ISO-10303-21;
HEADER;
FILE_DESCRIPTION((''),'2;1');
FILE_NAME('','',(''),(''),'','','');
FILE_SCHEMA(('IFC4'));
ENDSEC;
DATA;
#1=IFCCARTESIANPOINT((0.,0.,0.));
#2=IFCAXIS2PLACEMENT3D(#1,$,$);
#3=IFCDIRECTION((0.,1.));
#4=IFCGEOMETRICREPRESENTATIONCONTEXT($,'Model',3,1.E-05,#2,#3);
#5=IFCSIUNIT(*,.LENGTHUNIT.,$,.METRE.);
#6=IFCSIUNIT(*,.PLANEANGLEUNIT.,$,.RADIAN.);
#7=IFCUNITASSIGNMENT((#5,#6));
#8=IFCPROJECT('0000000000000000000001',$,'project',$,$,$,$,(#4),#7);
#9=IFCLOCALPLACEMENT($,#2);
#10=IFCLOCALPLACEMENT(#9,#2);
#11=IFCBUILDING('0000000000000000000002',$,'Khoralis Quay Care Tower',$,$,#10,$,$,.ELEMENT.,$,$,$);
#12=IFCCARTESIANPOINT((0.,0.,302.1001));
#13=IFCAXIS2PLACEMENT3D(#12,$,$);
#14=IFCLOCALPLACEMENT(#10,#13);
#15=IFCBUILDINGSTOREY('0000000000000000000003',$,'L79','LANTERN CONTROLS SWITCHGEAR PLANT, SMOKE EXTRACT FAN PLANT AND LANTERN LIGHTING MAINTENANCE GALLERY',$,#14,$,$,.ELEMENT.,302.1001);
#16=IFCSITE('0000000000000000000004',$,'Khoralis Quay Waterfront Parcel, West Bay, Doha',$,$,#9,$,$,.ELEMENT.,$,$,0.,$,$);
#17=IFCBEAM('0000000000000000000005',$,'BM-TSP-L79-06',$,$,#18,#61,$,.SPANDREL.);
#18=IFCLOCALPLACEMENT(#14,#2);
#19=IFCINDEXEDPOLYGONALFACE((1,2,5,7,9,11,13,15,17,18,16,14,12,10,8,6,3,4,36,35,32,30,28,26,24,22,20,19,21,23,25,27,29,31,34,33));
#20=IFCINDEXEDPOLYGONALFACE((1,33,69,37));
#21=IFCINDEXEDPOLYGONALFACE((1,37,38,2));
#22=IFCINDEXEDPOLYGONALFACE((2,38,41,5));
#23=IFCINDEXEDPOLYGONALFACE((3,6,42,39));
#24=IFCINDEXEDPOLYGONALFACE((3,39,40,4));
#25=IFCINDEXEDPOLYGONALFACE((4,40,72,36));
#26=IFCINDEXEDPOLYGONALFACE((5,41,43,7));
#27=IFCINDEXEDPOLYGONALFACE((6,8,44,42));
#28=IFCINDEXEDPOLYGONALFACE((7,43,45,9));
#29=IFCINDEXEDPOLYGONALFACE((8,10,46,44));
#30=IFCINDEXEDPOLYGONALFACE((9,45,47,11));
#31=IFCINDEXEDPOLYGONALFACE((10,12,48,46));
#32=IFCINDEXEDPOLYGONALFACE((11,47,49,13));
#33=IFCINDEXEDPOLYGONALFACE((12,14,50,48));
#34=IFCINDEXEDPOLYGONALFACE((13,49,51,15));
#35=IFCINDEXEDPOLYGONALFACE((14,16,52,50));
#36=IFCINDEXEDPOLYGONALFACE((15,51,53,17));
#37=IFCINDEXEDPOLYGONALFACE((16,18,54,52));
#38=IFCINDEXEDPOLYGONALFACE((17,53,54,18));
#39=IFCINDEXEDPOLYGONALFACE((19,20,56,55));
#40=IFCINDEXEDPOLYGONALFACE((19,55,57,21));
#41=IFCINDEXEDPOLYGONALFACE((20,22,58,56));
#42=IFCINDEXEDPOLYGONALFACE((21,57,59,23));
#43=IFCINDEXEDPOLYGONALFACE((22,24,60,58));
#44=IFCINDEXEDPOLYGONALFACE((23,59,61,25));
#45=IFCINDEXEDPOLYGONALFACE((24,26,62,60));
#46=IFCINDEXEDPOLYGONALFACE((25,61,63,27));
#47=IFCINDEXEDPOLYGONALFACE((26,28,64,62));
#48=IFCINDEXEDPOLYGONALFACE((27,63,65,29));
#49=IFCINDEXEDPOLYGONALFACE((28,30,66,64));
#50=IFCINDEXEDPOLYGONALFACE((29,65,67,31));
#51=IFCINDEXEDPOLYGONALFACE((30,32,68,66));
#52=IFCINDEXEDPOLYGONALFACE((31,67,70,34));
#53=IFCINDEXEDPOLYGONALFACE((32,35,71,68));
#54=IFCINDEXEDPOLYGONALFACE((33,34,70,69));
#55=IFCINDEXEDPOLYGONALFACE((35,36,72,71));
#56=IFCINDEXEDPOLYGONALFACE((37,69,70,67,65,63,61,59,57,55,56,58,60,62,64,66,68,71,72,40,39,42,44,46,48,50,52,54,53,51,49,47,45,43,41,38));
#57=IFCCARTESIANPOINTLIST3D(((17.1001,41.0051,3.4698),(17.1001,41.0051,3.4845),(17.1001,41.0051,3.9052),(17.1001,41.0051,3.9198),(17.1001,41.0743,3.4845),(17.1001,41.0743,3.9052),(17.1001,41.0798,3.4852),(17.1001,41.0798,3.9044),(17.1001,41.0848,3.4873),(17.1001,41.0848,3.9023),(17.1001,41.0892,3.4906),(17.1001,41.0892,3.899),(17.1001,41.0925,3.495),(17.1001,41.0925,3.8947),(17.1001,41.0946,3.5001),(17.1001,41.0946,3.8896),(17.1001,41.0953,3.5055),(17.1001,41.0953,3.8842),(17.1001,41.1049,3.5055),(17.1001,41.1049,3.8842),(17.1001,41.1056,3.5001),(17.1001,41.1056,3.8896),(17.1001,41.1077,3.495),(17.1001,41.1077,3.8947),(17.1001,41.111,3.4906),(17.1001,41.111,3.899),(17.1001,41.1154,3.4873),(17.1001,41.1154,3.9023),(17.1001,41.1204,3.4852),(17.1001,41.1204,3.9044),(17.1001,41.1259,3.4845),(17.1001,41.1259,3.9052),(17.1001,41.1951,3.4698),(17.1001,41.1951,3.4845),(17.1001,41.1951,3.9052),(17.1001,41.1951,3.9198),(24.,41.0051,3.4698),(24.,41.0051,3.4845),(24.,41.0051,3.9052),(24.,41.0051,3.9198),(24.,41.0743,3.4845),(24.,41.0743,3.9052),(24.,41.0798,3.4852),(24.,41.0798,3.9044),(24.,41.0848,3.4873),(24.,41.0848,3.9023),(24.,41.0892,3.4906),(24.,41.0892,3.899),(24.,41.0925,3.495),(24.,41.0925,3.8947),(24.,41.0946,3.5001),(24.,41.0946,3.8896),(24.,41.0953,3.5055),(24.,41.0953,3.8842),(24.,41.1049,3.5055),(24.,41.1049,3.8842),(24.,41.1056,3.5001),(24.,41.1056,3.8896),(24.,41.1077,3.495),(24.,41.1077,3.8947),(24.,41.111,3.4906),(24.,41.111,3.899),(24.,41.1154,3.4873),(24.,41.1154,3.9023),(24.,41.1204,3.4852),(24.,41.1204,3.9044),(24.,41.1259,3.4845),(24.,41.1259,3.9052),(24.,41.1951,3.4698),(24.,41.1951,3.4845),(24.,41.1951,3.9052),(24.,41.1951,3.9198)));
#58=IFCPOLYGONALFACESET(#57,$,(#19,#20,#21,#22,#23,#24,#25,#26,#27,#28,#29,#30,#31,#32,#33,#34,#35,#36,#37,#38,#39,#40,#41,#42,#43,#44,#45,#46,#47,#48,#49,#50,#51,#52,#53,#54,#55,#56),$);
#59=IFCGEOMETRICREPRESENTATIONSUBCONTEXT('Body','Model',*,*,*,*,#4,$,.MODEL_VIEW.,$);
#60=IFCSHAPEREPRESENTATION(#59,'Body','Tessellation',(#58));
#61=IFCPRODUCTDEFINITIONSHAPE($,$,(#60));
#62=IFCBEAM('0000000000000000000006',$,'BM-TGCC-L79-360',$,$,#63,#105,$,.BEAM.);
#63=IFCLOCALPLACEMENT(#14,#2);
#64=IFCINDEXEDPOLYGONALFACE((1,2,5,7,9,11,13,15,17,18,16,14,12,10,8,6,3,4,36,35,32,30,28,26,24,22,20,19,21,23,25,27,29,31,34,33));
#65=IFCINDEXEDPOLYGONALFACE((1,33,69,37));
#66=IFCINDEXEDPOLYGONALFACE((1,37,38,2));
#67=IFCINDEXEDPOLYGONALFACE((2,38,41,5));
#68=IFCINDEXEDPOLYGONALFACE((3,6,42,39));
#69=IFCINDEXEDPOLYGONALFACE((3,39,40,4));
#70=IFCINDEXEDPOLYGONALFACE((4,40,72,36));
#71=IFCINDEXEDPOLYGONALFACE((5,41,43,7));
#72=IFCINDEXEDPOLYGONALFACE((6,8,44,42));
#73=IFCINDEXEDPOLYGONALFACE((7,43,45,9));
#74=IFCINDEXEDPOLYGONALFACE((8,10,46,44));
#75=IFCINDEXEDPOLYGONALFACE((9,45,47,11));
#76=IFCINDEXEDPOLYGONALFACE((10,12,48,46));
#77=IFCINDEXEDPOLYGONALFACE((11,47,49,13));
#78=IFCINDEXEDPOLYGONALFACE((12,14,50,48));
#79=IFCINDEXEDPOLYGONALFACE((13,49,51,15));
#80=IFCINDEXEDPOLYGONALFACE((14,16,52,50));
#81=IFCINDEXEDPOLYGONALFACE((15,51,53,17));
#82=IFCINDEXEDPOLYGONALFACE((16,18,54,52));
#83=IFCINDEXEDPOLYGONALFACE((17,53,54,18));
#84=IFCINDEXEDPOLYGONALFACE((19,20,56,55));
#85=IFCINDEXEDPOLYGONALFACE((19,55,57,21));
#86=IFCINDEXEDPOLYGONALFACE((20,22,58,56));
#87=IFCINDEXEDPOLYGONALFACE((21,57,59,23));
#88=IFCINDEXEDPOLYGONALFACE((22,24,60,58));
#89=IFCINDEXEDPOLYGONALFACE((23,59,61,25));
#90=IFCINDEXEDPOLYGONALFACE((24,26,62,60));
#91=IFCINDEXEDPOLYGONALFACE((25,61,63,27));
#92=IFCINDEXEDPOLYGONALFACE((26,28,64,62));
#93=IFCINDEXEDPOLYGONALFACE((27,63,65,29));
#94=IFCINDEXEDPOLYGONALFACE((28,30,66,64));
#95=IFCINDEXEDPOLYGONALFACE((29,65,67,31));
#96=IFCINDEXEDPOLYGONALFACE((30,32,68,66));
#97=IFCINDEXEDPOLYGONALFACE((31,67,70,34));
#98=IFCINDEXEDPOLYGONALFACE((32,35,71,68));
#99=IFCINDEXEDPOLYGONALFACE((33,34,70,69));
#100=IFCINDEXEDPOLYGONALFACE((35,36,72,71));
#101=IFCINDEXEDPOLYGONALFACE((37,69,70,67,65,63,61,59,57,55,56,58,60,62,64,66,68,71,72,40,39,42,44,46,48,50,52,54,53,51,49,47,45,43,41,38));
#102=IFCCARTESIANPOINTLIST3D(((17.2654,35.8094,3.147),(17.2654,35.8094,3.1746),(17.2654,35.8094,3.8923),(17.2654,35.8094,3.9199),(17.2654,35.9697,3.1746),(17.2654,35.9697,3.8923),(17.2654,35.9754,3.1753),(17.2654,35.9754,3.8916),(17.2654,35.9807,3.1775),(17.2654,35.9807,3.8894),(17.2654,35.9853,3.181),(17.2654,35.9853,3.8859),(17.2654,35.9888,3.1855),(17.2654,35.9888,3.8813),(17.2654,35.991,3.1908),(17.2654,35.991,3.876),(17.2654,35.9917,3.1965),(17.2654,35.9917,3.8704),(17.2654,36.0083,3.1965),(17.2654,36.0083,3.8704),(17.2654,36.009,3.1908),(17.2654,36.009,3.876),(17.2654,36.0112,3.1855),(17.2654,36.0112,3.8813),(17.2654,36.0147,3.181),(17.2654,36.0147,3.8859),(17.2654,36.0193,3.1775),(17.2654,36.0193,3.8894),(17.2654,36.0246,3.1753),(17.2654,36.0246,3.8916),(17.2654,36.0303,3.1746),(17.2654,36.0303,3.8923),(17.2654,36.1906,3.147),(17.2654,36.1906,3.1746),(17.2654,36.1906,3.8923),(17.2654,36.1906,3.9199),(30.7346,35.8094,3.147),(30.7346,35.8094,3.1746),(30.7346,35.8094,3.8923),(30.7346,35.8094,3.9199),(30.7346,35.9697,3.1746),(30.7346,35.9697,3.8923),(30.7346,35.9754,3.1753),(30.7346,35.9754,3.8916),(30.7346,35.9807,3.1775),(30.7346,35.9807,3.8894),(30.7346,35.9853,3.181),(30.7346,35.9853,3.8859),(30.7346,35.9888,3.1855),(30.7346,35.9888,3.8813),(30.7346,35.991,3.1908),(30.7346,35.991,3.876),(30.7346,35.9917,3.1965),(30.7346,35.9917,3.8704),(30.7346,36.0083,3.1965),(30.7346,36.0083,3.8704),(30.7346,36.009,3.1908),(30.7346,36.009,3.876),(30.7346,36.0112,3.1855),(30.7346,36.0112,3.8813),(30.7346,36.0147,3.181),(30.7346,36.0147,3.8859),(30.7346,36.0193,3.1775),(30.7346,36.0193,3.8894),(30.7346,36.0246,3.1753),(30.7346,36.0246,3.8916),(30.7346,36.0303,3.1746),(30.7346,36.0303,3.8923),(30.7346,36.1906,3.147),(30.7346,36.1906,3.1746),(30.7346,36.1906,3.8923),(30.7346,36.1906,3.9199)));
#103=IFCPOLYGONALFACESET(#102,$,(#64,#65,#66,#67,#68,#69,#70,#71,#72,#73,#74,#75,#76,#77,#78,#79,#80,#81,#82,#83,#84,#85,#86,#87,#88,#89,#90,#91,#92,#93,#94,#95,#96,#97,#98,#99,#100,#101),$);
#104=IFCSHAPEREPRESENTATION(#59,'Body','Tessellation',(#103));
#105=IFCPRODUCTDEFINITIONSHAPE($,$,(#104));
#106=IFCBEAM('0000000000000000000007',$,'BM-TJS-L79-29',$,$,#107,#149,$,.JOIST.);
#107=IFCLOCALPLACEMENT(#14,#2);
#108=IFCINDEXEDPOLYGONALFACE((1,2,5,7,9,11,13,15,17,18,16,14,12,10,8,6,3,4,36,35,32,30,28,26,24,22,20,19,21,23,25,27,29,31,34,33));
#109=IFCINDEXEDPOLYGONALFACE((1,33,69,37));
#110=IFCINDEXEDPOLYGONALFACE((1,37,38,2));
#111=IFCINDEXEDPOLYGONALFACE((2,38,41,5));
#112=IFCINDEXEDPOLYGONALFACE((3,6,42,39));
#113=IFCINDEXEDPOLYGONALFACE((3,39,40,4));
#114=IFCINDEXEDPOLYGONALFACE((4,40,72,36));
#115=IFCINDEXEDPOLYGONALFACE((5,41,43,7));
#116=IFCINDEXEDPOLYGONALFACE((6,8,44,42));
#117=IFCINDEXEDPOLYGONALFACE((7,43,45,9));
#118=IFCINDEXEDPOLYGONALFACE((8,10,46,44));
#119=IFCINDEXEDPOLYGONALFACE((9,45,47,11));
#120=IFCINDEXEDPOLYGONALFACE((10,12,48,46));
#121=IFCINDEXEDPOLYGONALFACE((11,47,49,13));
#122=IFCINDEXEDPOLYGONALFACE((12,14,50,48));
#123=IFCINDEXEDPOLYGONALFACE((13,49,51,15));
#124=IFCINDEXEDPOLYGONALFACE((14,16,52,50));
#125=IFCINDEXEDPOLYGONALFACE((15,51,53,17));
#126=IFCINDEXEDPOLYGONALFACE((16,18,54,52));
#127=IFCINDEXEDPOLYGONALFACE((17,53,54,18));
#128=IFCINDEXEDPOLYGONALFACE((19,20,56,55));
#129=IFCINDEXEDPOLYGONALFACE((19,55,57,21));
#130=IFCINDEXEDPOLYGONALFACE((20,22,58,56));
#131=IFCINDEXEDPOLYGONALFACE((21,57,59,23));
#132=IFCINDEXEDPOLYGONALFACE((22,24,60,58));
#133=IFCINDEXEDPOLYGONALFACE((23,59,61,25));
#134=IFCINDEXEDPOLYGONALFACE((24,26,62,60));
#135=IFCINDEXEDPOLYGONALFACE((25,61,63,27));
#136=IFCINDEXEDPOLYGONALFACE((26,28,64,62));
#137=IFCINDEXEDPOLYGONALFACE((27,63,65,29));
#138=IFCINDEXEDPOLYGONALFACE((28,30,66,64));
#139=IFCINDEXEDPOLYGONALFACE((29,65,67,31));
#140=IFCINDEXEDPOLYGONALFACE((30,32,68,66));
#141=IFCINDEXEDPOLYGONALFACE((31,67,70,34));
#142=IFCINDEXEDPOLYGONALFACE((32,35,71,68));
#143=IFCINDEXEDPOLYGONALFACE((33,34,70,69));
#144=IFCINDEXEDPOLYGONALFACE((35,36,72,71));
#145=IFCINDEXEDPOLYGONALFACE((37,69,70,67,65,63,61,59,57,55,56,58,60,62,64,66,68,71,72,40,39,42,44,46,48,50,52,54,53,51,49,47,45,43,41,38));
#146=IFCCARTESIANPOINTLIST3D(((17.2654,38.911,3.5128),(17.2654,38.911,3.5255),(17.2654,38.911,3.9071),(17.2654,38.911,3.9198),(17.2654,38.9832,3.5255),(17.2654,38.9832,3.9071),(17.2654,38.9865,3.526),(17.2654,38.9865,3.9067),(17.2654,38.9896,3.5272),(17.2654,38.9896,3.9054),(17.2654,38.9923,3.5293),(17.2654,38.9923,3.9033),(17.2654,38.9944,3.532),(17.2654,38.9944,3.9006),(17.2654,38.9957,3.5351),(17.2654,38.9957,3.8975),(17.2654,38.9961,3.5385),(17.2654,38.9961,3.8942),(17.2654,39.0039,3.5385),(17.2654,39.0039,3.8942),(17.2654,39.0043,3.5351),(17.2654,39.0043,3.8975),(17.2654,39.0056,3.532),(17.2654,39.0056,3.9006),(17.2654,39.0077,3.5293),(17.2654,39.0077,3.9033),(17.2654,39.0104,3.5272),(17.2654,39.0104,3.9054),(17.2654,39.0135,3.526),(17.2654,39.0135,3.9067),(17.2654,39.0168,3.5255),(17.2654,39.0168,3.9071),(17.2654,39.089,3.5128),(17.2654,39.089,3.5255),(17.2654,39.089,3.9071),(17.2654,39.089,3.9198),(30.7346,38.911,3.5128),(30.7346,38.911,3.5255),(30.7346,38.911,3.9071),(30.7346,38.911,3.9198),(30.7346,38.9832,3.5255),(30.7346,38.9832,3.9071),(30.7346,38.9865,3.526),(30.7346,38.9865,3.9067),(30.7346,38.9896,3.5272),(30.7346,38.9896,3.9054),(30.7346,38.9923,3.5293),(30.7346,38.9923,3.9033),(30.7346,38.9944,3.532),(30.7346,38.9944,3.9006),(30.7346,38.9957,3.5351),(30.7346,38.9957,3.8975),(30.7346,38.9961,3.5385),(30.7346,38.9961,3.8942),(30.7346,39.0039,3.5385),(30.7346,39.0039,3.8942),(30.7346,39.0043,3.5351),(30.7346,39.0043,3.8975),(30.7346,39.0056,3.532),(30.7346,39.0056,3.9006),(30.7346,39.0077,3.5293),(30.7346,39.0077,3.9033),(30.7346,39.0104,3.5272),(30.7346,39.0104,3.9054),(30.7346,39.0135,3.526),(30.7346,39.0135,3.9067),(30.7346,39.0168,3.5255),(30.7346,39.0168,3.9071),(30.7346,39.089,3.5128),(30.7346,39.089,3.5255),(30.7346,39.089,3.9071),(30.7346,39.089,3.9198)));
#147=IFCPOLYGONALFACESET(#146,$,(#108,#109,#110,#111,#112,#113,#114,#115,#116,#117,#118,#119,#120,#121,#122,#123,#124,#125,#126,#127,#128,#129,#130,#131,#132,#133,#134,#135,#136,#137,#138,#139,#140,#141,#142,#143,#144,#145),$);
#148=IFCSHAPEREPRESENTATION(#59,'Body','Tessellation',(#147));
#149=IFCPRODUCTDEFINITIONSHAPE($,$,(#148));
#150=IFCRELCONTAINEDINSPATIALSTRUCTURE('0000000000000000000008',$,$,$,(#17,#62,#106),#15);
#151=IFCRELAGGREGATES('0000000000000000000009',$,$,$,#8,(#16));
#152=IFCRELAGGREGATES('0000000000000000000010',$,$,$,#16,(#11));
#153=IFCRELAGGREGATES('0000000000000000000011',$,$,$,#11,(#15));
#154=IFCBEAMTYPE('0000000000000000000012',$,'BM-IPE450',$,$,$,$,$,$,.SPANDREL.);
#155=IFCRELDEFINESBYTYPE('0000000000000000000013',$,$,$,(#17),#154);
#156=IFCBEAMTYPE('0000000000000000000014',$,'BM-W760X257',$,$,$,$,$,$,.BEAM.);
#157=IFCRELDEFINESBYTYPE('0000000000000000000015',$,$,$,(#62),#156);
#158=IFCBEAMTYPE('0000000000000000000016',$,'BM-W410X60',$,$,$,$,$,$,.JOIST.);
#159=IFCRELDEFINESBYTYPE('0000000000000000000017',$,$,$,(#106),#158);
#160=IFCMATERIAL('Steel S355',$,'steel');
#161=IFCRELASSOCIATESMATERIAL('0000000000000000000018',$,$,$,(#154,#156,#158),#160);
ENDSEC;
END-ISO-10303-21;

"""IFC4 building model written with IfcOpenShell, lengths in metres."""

from ifc_helpers import new_model, si_unit, direction, frame, origin, origin_2d, place, context, subcontext, project, spatial, i_section, extrude, source, transform, mapped, material, material_profile, profile_set, type_object, element, save


model = new_model("IFC4")

# Units and contexts
model_context = context("Model", 3, precision=1e-05, world=origin(), true_north=direction((0.0, 1.0)))
body_context = subcontext(model_context, "Body", "Model", "MODEL_VIEW")
ifc_project = project(units=[si_unit("LENGTHUNIT", "METRE"), si_unit("PLANEANGLEUNIT", "RADIAN")], contexts=[model_context])

# Site, building, storey
site_placement = place(None, origin())
site = spatial("IfcSite", under=ifc_project, at=site_placement, Name="Khoralis Quay Waterfront Parcel, West Bay, Doha", CompositionType="ELEMENT", RefElevation=0.0)
building_placement = place(site_placement, origin())
building = spatial("IfcBuilding", under=site, at=building_placement, Name="Khoralis Quay Care Tower", CompositionType="ELEMENT")
storey_placement = place(building_placement, frame((0.0, 0.0, 302.1001)))
storey = spatial("IfcBuildingStorey", under=building, at=storey_placement, Name="L79", Description="LANTERN CONTROLS SWITCHGEAR PLANT, SMOKE EXTRACT FAN PLANT AND LANTERN LIGHTING MAINTENANCE GALLERY", CompositionType="ELEMENT", Elevation=302.1001)

# Beams
ifc_material_1 = material(Name="Steel S355", Category="steel")
ifc_material_profile_1 = material_profile(ifc_material_1, i_section(OverallWidth=0.1899, OverallDepth=0.45, WebThickness=0.0095, FlangeThickness=0.0146, FilletRadius=0.021, at=origin_2d()), Name="Steel S355")
ifc_profile_set_1 = profile_set([ifc_material_profile_1], Name="Steel S355")
beam_type_1 = type_object("IfcBeamType", Name="BM-IPE450", PredefinedType="SPANDREL", material=ifc_profile_set_1)
shared_shape_1 = source(origin(), body_context, "Body", "SweptSolid", [
    extrude(i_section(OverallWidth=0.1899, OverallDepth=0.45, WebThickness=0.0095, FlangeThickness=0.0146, FilletRadius=0.021, at=origin_2d()), origin(), (0.0, 0.0, 1.0), 6.8999),
])
beam_1_placement = place(storey_placement, frame((17.1001, 41.1001, 3.6948), z_axis=(1.0, 0.0, 0.0), x_axis=(0.0, 1.0, 0.0)))
element("IfcBeam", 1, at=beam_1_placement, inside=storey, type_object=beam_type_1, Name="BM-TSP-L79-06", PredefinedType="SPANDREL", context=body_context, shape_type="MappedRepresentation", body=[
    mapped(shared_shape_1, transform((0.0, 0.0, 0.0), scale=1.0)),
])
ifc_material_profile_2 = material_profile(ifc_material_1, i_section(OverallWidth=0.3811, OverallDepth=0.7729, WebThickness=0.0166, FlangeThickness=0.0276, FilletRadius=0.022, at=origin_2d()), Name="Steel S355")
ifc_profile_set_2 = profile_set([ifc_material_profile_2], Name="Steel S355")
beam_type_2 = type_object("IfcBeamType", Name="BM-W760X257", PredefinedType="BEAM", material=ifc_profile_set_2)
shared_shape_2 = source(origin(), body_context, "Body", "SweptSolid", [
    extrude(i_section(OverallWidth=0.3811, OverallDepth=0.7729, WebThickness=0.0166, FlangeThickness=0.0276, FilletRadius=0.022, at=origin_2d()), origin(), (0.0, 0.0, 1.0), 13.4692),
])
beam_2_placement = place(storey_placement, frame((17.2654, 36.0, 3.5334), z_axis=(1.0, 0.0, 0.0), x_axis=(0.0, 1.0, 0.0)))
element("IfcBeam", 2, at=beam_2_placement, inside=storey, type_object=beam_type_2, Name="BM-TGCC-L79-360", PredefinedType="BEAM", context=body_context, shape_type="MappedRepresentation", body=[
    mapped(shared_shape_2, transform((0.0, 0.0, 0.0), scale=1.0)),
])
ifc_material_profile_3 = material_profile(ifc_material_1, i_section(OverallWidth=0.178, OverallDepth=0.407, WebThickness=0.0078, FlangeThickness=0.0127, FilletRadius=0.0129, at=origin_2d()), Name="Steel S355")
ifc_profile_set_3 = profile_set([ifc_material_profile_3], Name="Steel S355")
beam_type_3 = type_object("IfcBeamType", Name="BM-W410X60", PredefinedType="JOIST", material=ifc_profile_set_3)
shared_shape_3 = source(origin(), body_context, "Body", "SweptSolid", [
    extrude(i_section(OverallWidth=0.178, OverallDepth=0.407, WebThickness=0.0078, FlangeThickness=0.0127, FilletRadius=0.0129, at=origin_2d()), origin(), (0.0, 0.0, 1.0), 13.4692),
])
beam_3_placement = place(storey_placement, frame((17.2654, 39.0, 3.7163), z_axis=(1.0, 0.0, 0.0), x_axis=(0.0, 1.0, 0.0)))
element("IfcBeam", 3, at=beam_3_placement, inside=storey, type_object=beam_type_3, Name="BM-TJS-L79-29", PredefinedType="JOIST", context=body_context, shape_type="MappedRepresentation", body=[
    mapped(shared_shape_3, transform((0.0, 0.0, 0.0), scale=1.0)),
])

save(model, "model.ifc")
